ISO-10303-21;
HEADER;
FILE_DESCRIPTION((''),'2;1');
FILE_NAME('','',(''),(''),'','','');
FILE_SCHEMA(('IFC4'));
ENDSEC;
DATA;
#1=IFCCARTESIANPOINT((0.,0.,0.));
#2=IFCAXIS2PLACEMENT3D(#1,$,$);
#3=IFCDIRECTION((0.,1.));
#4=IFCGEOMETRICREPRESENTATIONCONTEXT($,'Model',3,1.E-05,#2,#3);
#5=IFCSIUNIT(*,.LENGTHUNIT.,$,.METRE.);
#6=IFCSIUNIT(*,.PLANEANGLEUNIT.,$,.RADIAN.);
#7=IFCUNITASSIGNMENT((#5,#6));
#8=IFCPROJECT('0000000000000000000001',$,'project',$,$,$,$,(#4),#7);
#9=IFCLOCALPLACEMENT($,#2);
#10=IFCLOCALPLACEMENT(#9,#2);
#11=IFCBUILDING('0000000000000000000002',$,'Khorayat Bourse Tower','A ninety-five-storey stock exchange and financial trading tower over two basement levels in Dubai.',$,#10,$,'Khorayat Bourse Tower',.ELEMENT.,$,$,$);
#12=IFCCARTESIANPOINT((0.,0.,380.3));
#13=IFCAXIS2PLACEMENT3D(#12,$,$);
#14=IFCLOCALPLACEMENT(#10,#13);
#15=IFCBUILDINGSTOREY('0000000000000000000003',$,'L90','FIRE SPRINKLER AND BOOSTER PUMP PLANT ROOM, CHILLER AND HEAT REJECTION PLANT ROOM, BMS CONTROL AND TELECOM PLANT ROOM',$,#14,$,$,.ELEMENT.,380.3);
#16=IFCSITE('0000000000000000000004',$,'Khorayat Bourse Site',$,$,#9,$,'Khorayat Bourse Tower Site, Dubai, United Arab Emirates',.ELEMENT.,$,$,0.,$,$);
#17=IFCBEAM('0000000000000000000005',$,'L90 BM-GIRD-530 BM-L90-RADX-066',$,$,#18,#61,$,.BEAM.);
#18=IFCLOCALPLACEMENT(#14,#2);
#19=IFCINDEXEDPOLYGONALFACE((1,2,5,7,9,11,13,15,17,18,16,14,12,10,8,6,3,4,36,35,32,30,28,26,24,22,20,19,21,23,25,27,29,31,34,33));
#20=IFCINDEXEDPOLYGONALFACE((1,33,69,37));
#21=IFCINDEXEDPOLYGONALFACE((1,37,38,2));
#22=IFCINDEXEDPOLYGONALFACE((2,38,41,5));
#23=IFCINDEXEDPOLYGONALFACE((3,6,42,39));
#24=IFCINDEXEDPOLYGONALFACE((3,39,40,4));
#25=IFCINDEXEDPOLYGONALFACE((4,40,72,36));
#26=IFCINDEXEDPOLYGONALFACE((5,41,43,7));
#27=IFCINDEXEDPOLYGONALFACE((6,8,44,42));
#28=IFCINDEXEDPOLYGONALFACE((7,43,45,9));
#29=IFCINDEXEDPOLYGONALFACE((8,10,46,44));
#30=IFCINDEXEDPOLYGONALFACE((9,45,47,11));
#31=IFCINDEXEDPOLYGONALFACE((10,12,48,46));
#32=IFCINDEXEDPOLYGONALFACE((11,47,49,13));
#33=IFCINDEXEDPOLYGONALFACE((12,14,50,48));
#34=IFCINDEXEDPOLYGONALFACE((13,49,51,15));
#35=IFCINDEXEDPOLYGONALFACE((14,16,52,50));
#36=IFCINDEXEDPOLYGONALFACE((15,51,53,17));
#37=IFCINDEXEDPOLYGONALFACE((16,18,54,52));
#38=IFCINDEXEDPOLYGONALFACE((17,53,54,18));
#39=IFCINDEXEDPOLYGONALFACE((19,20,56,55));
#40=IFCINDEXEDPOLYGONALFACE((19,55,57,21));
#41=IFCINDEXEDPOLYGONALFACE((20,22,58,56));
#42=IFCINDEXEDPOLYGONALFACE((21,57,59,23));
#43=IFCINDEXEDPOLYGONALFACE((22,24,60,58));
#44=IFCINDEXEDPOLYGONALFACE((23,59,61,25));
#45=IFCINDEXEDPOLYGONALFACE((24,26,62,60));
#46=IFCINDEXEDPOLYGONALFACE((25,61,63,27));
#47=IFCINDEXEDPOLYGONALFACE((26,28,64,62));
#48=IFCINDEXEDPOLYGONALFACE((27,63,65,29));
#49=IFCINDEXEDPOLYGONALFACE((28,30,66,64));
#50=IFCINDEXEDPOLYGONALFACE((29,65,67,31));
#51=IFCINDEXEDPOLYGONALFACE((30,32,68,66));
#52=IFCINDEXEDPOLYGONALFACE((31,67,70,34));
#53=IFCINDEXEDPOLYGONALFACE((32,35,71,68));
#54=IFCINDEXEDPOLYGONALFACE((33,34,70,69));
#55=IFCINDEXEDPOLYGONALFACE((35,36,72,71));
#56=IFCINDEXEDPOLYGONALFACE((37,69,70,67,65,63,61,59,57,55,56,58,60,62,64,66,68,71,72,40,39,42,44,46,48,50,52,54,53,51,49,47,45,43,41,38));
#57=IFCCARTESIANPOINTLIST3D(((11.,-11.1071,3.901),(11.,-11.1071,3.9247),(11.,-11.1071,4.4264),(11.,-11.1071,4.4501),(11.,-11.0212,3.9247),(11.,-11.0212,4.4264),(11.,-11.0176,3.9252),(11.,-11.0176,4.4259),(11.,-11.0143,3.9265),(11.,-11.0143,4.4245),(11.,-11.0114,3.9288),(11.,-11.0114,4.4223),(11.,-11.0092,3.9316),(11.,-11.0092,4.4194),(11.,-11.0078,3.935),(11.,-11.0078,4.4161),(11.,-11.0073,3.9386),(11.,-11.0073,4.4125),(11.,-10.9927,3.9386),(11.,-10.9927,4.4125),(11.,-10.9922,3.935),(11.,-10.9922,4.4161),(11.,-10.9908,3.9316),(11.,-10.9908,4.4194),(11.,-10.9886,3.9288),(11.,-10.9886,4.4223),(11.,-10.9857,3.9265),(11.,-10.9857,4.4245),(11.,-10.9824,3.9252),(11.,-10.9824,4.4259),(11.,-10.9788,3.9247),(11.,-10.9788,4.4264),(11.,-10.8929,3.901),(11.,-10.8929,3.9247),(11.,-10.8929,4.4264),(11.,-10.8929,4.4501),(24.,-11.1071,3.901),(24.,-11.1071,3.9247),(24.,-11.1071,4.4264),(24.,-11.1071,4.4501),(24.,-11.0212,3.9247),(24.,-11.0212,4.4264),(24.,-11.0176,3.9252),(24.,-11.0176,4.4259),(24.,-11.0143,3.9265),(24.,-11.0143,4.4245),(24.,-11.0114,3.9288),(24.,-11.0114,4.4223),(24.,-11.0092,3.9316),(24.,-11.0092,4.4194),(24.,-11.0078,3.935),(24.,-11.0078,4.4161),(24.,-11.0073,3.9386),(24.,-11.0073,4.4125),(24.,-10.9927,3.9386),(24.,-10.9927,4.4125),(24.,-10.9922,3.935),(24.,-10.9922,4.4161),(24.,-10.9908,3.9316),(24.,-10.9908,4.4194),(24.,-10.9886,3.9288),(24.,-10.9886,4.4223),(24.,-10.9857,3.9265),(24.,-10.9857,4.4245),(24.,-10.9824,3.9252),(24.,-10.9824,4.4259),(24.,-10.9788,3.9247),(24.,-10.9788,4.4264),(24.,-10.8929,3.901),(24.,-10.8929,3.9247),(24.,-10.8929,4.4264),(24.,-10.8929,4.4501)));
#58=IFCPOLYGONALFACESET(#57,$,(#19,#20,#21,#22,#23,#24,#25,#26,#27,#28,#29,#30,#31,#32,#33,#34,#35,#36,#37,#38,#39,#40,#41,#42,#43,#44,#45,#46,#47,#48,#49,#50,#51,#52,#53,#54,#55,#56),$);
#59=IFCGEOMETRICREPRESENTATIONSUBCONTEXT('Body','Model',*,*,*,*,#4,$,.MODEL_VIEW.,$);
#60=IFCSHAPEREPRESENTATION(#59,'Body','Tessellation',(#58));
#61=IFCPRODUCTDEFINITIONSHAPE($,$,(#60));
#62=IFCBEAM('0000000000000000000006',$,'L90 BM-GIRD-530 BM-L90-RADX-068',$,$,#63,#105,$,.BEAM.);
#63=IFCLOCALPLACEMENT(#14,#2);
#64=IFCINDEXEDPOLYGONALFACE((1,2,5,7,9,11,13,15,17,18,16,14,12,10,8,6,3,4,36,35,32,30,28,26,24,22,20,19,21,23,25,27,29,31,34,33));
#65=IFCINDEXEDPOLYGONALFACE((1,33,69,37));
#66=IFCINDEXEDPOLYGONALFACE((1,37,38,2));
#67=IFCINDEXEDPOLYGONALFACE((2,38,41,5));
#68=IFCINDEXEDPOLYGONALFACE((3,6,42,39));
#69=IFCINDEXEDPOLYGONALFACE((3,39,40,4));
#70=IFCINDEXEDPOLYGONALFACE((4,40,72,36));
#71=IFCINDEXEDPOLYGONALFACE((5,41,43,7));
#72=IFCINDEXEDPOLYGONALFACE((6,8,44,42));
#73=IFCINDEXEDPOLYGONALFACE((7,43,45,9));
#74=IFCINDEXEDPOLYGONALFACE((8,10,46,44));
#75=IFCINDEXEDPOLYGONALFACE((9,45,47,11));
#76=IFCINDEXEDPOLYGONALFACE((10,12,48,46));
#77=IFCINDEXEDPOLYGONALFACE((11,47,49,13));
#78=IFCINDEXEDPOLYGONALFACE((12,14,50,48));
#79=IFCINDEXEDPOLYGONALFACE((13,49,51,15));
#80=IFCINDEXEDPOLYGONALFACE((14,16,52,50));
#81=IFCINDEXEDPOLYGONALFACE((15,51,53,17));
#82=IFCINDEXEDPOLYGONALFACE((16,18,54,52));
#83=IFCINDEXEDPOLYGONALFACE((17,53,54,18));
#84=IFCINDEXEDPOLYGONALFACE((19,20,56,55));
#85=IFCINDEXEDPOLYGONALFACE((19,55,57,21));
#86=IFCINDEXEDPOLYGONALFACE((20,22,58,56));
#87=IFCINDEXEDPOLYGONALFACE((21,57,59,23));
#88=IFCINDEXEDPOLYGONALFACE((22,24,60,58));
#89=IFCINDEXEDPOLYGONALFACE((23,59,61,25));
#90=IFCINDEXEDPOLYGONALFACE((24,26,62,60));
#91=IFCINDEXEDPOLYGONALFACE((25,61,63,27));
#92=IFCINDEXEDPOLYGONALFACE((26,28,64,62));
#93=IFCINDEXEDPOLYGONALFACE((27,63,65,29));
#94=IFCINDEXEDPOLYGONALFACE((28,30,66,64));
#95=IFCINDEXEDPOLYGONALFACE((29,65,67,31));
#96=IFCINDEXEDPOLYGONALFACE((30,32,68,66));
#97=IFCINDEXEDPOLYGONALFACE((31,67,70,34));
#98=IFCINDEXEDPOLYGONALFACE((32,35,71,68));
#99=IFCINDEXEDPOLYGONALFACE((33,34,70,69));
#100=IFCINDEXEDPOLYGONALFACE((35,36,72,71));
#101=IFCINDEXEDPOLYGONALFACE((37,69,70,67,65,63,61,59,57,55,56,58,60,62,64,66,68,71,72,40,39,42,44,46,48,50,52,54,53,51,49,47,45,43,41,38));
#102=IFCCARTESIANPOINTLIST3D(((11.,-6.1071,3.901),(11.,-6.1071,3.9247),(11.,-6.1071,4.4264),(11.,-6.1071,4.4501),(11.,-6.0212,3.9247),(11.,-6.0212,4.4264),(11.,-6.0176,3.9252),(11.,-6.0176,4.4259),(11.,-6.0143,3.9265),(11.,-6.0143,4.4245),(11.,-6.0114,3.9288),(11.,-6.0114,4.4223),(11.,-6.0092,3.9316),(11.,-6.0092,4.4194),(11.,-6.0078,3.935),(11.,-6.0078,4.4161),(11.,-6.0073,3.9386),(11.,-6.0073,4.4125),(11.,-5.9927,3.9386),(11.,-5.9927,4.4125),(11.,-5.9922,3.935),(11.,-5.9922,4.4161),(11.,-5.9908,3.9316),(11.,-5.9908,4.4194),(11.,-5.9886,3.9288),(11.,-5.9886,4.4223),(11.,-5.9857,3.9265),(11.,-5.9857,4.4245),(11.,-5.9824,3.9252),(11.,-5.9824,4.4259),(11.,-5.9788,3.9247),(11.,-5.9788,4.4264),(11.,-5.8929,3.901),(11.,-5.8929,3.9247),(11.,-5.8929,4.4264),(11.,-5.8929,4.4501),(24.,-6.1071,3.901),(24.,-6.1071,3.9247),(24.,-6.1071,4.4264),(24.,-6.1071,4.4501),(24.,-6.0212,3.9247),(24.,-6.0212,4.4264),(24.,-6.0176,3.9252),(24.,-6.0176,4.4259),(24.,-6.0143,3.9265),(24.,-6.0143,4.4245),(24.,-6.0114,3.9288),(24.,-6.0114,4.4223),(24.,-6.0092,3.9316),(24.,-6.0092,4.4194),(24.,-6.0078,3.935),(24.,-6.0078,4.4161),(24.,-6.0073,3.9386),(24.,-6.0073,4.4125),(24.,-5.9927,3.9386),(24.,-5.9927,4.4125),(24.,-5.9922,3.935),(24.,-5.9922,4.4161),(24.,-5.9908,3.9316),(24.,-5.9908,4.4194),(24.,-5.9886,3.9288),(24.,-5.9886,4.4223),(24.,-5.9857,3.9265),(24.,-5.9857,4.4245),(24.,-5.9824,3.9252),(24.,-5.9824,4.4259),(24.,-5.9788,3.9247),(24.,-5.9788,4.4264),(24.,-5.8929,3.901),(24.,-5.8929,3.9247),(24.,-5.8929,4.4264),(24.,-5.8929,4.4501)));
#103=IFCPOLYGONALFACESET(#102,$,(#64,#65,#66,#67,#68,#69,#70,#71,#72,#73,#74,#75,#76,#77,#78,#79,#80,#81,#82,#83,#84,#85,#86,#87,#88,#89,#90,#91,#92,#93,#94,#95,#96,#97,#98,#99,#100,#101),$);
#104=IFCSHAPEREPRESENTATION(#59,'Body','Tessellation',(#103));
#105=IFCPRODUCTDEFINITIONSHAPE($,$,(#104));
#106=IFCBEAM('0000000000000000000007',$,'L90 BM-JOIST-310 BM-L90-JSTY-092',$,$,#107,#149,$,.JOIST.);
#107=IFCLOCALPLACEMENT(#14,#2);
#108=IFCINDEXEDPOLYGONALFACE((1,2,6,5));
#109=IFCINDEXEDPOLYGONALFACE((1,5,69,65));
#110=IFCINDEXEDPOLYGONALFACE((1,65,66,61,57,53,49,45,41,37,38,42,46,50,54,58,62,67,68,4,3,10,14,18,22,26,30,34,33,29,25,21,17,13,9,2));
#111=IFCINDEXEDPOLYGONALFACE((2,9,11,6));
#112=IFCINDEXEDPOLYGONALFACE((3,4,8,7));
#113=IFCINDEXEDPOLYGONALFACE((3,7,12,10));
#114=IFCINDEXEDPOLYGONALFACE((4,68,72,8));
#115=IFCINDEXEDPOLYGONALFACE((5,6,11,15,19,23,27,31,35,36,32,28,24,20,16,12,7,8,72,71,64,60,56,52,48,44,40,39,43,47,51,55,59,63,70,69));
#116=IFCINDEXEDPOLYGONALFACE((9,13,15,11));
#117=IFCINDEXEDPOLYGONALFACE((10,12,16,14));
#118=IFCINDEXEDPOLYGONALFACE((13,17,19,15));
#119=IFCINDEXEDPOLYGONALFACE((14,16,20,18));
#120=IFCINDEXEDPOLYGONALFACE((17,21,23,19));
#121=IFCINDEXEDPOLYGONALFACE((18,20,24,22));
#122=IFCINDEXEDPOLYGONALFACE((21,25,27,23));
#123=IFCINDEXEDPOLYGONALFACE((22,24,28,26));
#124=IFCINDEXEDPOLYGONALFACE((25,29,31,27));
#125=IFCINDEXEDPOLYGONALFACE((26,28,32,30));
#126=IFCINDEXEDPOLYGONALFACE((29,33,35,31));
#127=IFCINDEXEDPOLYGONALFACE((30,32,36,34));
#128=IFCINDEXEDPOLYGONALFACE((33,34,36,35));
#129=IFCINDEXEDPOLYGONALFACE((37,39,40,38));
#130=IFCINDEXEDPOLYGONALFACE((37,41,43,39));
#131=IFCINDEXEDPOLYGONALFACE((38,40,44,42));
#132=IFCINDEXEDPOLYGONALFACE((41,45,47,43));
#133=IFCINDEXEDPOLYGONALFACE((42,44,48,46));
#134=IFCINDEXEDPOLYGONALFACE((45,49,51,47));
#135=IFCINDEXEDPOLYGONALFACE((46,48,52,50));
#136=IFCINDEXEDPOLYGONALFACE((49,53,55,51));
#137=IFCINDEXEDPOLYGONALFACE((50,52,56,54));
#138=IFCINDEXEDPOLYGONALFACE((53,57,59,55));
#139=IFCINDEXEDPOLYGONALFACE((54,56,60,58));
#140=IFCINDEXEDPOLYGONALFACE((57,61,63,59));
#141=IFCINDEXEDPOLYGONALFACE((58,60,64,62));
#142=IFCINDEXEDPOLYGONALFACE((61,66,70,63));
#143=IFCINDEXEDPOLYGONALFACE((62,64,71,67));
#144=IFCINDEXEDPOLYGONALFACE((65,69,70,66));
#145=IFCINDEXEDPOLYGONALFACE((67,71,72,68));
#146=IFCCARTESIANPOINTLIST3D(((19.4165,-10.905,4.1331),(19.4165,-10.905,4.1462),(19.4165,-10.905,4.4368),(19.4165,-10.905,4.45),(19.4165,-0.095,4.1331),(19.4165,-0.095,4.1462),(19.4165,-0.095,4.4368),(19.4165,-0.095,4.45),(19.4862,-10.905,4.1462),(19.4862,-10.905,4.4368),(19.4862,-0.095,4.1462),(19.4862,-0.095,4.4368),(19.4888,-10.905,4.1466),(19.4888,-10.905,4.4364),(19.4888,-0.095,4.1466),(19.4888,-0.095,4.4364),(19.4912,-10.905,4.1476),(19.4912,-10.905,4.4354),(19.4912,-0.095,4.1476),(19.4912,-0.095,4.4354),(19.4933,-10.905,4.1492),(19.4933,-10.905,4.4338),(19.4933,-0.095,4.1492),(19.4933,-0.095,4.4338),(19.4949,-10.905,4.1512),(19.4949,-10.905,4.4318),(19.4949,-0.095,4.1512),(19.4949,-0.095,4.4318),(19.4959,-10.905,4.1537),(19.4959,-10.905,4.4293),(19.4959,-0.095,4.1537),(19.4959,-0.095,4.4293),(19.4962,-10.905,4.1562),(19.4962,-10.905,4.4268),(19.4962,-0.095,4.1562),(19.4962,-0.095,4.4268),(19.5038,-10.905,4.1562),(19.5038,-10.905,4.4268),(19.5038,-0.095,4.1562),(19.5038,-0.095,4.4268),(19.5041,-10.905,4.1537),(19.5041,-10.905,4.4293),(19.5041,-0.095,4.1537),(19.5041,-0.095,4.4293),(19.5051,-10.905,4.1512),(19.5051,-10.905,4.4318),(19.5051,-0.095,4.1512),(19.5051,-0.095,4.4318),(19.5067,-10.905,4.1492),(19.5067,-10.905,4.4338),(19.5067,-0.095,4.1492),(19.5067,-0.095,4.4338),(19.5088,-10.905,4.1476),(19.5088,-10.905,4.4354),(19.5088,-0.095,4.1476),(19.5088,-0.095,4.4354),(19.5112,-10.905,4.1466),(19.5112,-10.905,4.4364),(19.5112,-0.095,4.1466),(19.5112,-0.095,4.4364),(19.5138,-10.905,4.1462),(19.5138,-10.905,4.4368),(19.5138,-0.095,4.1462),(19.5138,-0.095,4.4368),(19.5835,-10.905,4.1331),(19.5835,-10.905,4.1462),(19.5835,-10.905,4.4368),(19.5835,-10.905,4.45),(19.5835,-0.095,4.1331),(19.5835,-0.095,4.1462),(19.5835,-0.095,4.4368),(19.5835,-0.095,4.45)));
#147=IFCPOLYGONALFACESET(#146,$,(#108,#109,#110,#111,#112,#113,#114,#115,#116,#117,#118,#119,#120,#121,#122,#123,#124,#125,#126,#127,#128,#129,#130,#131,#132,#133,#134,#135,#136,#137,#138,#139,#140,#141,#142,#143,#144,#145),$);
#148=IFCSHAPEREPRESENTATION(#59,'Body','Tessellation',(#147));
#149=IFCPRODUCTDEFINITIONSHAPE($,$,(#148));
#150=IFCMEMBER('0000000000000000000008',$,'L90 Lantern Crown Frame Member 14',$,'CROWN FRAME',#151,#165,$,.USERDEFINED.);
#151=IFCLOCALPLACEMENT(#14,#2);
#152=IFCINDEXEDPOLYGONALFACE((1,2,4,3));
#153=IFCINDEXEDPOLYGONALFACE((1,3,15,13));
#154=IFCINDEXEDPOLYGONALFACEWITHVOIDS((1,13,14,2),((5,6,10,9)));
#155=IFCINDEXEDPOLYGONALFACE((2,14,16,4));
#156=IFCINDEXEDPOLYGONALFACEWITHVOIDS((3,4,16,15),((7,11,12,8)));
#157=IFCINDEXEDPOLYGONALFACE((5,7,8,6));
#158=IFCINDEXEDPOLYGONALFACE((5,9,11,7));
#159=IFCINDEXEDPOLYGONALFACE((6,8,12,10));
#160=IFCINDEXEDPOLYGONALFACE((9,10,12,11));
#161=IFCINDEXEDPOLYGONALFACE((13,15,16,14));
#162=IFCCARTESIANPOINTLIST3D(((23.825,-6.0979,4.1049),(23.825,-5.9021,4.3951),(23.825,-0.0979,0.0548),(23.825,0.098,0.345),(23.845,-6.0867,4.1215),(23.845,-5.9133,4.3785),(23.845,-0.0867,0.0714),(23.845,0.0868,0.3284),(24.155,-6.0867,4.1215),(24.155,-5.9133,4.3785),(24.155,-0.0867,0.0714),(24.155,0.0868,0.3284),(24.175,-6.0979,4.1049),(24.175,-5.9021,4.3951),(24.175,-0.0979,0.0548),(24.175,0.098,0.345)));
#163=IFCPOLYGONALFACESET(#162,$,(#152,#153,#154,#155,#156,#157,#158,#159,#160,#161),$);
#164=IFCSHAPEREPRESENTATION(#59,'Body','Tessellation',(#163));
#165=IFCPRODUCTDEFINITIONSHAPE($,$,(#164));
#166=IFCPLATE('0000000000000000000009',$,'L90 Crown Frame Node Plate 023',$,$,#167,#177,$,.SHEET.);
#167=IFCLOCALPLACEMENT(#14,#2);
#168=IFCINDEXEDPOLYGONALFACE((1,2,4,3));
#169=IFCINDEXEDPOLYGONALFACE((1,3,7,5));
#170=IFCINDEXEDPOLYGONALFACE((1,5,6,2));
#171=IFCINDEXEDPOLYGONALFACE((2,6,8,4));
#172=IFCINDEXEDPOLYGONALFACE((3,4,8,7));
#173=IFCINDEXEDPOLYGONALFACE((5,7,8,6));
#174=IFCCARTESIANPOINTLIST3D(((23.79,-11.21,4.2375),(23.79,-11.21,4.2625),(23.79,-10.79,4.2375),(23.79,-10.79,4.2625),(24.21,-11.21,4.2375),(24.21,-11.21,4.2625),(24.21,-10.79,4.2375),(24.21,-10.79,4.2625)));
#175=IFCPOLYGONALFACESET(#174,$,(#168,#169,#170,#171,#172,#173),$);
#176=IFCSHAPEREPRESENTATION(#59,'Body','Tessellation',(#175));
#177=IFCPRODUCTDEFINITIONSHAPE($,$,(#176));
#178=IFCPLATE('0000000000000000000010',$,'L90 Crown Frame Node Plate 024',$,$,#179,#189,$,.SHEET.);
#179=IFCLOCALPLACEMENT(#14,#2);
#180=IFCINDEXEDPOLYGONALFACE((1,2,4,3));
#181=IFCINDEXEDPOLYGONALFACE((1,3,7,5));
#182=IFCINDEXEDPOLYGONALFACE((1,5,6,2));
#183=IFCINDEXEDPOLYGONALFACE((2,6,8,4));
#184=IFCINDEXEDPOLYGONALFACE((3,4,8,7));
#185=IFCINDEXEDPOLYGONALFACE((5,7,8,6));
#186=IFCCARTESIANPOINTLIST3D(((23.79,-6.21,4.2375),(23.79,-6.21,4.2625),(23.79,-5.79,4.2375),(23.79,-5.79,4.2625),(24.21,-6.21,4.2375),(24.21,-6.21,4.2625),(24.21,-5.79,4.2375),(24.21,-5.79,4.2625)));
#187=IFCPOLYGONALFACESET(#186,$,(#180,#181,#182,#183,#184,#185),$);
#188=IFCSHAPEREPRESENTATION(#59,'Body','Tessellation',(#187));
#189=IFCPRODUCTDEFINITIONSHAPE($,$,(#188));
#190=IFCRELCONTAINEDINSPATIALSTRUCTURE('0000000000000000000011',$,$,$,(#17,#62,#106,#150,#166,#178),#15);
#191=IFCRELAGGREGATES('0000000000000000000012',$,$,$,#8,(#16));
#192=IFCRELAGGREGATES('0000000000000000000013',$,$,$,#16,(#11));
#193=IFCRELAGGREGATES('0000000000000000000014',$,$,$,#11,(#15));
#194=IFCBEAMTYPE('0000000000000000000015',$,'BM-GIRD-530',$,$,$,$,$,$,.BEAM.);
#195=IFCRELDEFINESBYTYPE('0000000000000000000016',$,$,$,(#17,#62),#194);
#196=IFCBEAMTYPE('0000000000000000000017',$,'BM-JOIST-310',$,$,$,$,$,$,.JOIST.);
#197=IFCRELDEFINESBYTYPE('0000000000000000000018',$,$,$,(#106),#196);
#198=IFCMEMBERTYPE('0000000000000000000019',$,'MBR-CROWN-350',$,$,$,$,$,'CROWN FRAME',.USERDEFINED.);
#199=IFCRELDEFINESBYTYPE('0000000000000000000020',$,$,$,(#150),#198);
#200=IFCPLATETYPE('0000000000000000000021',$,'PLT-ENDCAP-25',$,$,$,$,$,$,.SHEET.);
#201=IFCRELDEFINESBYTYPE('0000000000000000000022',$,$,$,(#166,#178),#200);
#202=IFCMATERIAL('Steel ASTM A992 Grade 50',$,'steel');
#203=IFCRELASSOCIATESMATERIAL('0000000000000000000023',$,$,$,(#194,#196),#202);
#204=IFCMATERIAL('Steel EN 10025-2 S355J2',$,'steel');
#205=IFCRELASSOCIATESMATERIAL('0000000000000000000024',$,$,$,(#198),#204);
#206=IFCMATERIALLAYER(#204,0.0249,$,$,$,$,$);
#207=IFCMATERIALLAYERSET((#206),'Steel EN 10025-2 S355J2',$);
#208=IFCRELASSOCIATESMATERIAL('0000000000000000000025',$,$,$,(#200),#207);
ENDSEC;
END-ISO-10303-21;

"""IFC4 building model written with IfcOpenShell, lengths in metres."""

from ifc_helpers import new_model, si_unit, direction, frame, origin, origin_2d, place, context, subcontext, project, spatial, rectangle, hollow_rectangle, i_section, extrude, source, transform, mapped, material, layer, layer_set, material_profile, profile_set, type_object, element, save


model = new_model("IFC4")

# Units and contexts
model_context = context("Model", 3, precision=1e-05, world=origin(), true_north=direction((0.0, 1.0)))
body_context = subcontext(model_context, "Body", "Model", "MODEL_VIEW")
ifc_project = project(units=[si_unit("LENGTHUNIT", "METRE"), si_unit("PLANEANGLEUNIT", "RADIAN")], contexts=[model_context])

# Site, building, storey
site_placement = place(None, origin())
site = spatial("IfcSite", under=ifc_project, at=site_placement, Name="Khorayat Bourse Site", LongName="Khorayat Bourse Tower Site, Dubai, United Arab Emirates", CompositionType="ELEMENT", RefElevation=0.0)
building_placement = place(site_placement, origin())
building = spatial("IfcBuilding", under=site, at=building_placement, Name="Khorayat Bourse Tower", Description="A ninety-five-storey stock exchange and financial trading tower over two basement levels in Dubai.", LongName="Khorayat Bourse Tower", CompositionType="ELEMENT")
storey_placement = place(building_placement, frame((0.0, 0.0, 380.3)))
storey = spatial("IfcBuildingStorey", under=building, at=storey_placement, Name="L90", Description="FIRE SPRINKLER AND BOOSTER PUMP PLANT ROOM, CHILLER AND HEAT REJECTION PLANT ROOM, BMS CONTROL AND TELECOM PLANT ROOM", CompositionType="ELEMENT", Elevation=380.3)

# Shared definitions
ifc_material_1 = material(Name="Steel EN 10025-2 S355J2", Category="steel")

# Beams
ifc_material_2 = material(Name="Steel ASTM A992 Grade 50", Category="steel")
ifc_material_profile_1 = material_profile(ifc_material_2, i_section(OverallWidth=0.2141, OverallDepth=0.5491, WebThickness=0.0146, FlangeThickness=0.0237, FilletRadius=0.0139, at=origin_2d()), Name="W530X138")
ifc_profile_set_1 = profile_set([ifc_material_profile_1], Name="Steel ASTM A992 Grade 50")
beam_type_1 = type_object("IfcBeamType", Name="BM-GIRD-530", PredefinedType="BEAM", material=ifc_profile_set_1)
shared_shape_1 = source(origin(), body_context, "Body", "SweptSolid", [
    extrude(i_section(OverallWidth=0.2141, OverallDepth=0.5491, WebThickness=0.0146, FlangeThickness=0.0237, FilletRadius=0.0139, at=origin_2d()), origin(), (0.0, 0.0, 1.0), 13.0),
])
for number, where, z_axis, x_axis, name in (
    (1, (11.0, -11.0, 4.1755), (1.0, 0.0, 0.0), (0.0, 1.0, 0.0), "L90 BM-GIRD-530 BM-L90-RADX-066"),
    (2, (11.0, -6.0, 4.1755), (1.0, 0.0, 0.0), (0.0, 1.0, 0.0), "L90 BM-GIRD-530 BM-L90-RADX-068"),
):
    element("IfcBeam", number, at=place(storey_placement, frame(where, z_axis=z_axis, x_axis=x_axis)), inside=storey, type_object=beam_type_1, Name=name, PredefinedType="BEAM", context=body_context, shape_type="MappedRepresentation", body=[
        mapped(shared_shape_1, transform((0.0, 0.0, 0.0), scale=1.0)),
    ])
ifc_material_profile_2 = material_profile(ifc_material_2, i_section(OverallWidth=0.167, OverallDepth=0.3169, WebThickness=0.0076, FlangeThickness=0.0132, FilletRadius=0.01, at=origin_2d()), Name="W310X52")
ifc_profile_set_2 = profile_set([ifc_material_profile_2], Name="Steel ASTM A992 Grade 50")
beam_type_2 = type_object("IfcBeamType", Name="BM-JOIST-310", PredefinedType="JOIST", material=ifc_profile_set_2)
shared_shape_2 = source(origin(), body_context, "Body", "SweptSolid", [
    extrude(i_section(OverallWidth=0.167, OverallDepth=0.3169, WebThickness=0.0076, FlangeThickness=0.0132, FilletRadius=0.01, at=origin_2d()), origin(), (0.0, 0.0, 1.0), 10.8101),
])
beam_1_placement = place(storey_placement, frame((19.5, -10.905, 4.2915), z_axis=(0.0, 1.0, 0.0), x_axis=(-1.0, 0.0, 0.0)))
element("IfcBeam", 3, at=beam_1_placement, inside=storey, type_object=beam_type_2, Name="L90 BM-JOIST-310 BM-L90-JSTY-092", PredefinedType="JOIST", context=body_context, shape_type="MappedRepresentation", body=[
    mapped(shared_shape_2, transform((0.0, 0.0, 0.0), scale=1.0)),
])

# Member
ifc_material_profile_3 = material_profile(ifc_material_1, hollow_rectangle(XDim=0.3501, YDim=0.3501, WallThickness=0.02, at=origin_2d()), Name="HSS 350x350x20")
ifc_profile_set_3 = profile_set([ifc_material_profile_3], Name="Steel EN 10025-2 S355J2")
member_type = type_object("IfcMemberType", Name="MBR-CROWN-350", ElementType="CROWN FRAME", PredefinedType="USERDEFINED", material=ifc_profile_set_3)
shared_shape_3 = source(origin(), body_context, "Body", "SweptSolid", [
    extrude(hollow_rectangle(XDim=0.3501, YDim=0.3501, WallThickness=0.02, at=origin_2d()), origin(), (0.0, 0.0, 1.0), 7.239),
])
member_placement = place(storey_placement, frame((24.0, -6.0, 4.25), z_axis=(0.0, 0.828846, -0.559477), x_axis=(-1.0, 0.0, 0.0)))
element("IfcMember", 4, at=member_placement, inside=storey, type_object=member_type, Name="L90 Lantern Crown Frame Member 14", ObjectType="CROWN FRAME", PredefinedType="USERDEFINED", context=body_context, shape_type="MappedRepresentation", body=[
    mapped(shared_shape_3, transform((0.0, 0.0, 0.0), scale=1.0)),
])

# Plates
ifc_layer_1 = layer(ifc_material_1, 0.0249)
ifc_layer_set_1 = layer_set([ifc_layer_1], Name="Steel EN 10025-2 S355J2")
plate_type_1 = type_object("IfcPlateType", Name="PLT-ENDCAP-25", PredefinedType="SHEET", material=ifc_layer_set_1)
shared_shape_4 = source(origin(), body_context, "Body", "SweptSolid", [
    extrude(rectangle(XDim=0.4199, YDim=0.4199, at=origin_2d()), origin(), (0.0, 0.0, 1.0), 0.0249),
])
for number, where, z_axis, x_axis, name in (
    (5, (24.0, -11.0, 4.2375), (0.0, 0.0, 1.0), (1.0, 0.0, 0.0), "L90 Crown Frame Node Plate 023"),
    (6, (24.0, -6.0, 4.2375), (0.0, 0.0, 1.0), (1.0, 0.0, 0.0), "L90 Crown Frame Node Plate 024"),
):
    element("IfcPlate", number, at=place(storey_placement, frame(where, z_axis=z_axis, x_axis=x_axis)), inside=storey, type_object=plate_type_1, Name=name, PredefinedType="SHEET", context=body_context, shape_type="MappedRepresentation", body=[
        mapped(shared_shape_4, transform((0.0, 0.0, 0.0), scale=1.0)),
    ])

save(model, "model.ifc")
